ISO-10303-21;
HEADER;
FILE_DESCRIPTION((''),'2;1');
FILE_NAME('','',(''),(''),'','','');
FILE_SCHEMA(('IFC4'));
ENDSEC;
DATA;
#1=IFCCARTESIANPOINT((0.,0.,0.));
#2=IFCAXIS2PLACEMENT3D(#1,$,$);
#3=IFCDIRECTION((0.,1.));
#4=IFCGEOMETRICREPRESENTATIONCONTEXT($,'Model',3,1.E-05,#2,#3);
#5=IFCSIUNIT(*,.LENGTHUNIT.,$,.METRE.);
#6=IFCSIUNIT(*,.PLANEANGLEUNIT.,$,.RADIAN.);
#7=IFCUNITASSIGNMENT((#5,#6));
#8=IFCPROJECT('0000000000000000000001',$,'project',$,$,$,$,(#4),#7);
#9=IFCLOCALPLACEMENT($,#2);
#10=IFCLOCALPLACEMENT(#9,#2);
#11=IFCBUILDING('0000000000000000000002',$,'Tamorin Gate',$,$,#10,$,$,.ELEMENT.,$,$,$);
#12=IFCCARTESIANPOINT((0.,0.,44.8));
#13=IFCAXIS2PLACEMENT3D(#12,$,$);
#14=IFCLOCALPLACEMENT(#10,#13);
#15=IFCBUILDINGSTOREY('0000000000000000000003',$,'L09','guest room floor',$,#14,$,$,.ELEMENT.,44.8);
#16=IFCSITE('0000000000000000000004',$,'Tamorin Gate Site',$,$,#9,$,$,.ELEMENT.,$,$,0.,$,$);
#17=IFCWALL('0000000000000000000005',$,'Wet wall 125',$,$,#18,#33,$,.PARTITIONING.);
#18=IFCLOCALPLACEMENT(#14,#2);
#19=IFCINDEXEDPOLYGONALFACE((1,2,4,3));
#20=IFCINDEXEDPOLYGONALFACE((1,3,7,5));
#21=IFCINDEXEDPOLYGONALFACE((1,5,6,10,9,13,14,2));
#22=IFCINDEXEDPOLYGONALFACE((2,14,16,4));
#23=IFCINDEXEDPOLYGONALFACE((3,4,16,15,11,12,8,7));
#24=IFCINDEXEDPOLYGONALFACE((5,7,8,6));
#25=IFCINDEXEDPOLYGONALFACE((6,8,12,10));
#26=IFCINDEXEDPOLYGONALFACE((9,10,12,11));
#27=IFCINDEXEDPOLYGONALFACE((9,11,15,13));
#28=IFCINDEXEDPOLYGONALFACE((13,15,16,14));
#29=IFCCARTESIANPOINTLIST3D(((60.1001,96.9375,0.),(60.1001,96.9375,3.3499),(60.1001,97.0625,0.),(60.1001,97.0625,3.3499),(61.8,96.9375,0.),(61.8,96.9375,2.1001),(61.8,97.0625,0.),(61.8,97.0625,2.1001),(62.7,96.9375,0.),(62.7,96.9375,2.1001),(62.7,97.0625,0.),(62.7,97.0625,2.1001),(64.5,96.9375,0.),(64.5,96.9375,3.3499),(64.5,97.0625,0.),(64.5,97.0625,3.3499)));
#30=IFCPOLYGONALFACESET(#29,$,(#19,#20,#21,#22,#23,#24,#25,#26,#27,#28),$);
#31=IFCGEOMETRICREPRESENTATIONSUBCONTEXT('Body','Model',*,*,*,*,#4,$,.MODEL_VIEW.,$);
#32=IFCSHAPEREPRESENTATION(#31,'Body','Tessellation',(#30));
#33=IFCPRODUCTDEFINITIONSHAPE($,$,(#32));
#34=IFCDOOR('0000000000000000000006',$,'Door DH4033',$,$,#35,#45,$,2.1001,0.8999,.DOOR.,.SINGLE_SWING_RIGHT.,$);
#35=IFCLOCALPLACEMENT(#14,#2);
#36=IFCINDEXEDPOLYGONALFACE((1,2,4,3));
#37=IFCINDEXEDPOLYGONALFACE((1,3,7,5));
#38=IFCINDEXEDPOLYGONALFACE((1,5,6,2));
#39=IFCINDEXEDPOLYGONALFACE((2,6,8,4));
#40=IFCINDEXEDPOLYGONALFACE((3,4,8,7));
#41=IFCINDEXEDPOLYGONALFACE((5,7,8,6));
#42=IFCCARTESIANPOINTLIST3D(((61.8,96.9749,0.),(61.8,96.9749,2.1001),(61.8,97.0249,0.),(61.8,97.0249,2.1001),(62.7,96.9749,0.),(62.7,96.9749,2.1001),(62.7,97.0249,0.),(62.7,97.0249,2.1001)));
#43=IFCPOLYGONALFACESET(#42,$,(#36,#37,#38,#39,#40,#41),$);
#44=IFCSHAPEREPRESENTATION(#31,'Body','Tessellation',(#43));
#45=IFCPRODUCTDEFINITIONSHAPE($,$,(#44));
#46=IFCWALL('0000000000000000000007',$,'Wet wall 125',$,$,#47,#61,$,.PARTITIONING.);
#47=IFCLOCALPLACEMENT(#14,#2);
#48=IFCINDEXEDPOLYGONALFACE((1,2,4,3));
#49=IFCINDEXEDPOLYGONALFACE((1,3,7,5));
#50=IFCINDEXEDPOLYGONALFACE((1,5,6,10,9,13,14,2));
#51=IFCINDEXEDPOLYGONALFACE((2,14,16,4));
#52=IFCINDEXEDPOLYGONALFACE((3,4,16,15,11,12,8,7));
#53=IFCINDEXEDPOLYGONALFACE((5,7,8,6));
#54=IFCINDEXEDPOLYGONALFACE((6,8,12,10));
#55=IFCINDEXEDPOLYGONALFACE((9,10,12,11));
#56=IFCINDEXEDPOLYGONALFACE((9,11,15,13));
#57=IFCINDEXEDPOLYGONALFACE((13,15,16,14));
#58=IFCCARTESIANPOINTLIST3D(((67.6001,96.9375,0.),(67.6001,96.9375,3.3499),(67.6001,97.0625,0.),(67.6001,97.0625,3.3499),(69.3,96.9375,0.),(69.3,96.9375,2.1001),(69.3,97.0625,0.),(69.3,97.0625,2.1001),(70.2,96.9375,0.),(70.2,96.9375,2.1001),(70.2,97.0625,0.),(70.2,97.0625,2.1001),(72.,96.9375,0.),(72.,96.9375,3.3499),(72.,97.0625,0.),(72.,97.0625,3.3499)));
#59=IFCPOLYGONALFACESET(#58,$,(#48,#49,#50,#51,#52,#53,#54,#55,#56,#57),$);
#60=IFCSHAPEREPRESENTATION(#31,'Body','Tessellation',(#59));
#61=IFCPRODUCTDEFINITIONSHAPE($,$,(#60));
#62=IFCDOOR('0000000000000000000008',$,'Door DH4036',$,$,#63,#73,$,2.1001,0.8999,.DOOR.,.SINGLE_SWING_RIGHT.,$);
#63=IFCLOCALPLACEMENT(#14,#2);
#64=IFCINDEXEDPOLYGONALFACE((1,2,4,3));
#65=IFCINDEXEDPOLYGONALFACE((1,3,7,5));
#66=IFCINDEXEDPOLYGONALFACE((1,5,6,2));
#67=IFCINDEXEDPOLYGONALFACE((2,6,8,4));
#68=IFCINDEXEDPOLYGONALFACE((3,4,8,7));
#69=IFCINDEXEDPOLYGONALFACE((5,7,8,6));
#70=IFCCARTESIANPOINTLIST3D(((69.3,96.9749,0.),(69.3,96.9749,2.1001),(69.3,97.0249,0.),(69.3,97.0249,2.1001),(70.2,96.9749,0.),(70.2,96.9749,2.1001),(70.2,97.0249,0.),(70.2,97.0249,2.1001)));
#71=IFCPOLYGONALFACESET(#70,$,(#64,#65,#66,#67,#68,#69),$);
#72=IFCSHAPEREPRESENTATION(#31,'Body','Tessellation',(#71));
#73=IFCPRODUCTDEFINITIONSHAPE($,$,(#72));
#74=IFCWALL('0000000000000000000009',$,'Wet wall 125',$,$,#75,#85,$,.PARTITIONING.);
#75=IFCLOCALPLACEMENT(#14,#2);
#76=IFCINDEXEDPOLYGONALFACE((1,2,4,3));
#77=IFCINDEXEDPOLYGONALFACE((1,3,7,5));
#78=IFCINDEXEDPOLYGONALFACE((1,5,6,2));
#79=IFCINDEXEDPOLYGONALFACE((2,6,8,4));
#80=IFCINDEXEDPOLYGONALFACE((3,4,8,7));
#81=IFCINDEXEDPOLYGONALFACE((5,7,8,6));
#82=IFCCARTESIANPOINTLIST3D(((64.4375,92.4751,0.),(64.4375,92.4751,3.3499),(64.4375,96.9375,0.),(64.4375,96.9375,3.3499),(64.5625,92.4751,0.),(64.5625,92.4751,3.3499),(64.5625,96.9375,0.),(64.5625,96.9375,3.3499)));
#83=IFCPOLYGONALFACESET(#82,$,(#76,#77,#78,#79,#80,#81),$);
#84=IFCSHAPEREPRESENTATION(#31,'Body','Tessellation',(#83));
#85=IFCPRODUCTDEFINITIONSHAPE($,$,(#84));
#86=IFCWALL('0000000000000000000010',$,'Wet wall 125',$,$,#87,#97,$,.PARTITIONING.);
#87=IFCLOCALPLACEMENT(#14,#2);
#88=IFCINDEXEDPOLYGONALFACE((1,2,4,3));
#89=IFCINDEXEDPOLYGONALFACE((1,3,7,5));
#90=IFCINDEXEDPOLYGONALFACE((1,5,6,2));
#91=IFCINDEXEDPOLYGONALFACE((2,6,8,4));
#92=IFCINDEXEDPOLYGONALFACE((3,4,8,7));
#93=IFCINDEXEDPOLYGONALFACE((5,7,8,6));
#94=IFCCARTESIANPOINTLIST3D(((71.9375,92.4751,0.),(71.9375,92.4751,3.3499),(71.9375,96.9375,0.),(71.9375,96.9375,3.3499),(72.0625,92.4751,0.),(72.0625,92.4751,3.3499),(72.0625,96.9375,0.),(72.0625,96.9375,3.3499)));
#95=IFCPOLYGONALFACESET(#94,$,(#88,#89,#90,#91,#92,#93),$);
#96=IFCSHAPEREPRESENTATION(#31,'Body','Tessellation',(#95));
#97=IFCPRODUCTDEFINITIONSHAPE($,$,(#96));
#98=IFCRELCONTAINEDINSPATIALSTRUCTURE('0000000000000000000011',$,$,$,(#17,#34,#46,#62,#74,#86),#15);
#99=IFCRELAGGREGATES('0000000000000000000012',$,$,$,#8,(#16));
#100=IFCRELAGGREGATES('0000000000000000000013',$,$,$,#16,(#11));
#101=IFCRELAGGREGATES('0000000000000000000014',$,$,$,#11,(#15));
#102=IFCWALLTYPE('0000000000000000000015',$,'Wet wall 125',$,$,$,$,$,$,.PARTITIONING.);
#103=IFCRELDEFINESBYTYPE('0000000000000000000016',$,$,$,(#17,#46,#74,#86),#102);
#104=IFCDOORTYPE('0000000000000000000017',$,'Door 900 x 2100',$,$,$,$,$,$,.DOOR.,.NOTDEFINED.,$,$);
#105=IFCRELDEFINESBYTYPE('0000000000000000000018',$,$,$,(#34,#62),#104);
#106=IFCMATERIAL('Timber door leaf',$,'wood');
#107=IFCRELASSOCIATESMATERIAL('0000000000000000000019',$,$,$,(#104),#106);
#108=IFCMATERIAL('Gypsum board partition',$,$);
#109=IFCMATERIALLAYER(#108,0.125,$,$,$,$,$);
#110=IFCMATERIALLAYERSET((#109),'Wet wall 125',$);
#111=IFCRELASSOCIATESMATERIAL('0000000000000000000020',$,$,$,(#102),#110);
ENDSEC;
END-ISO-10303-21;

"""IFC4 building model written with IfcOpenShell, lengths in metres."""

from ifc_helpers import new_model, si_unit, direction, frame, frame_2d, origin, place, context, subcontext, project, spatial, rectangle, extrude, material, layer, layer_set, type_object, element, fill, save


model = new_model("IFC4")

# Units and contexts
model_context = context("Model", 3, precision=1e-05, world=origin(), true_north=direction((0.0, 1.0)))
body_context = subcontext(model_context, "Body", "Model", "MODEL_VIEW")
ifc_project = project(units=[si_unit("LENGTHUNIT", "METRE"), si_unit("PLANEANGLEUNIT", "RADIAN")], contexts=[model_context])

# Site, building, storey
site_placement = place(None, origin())
site = spatial("IfcSite", under=ifc_project, at=site_placement, Name="Tamorin Gate Site", CompositionType="ELEMENT", RefElevation=0.0)
building_placement = place(site_placement, origin())
building = spatial("IfcBuilding", under=site, at=building_placement, Name="Tamorin Gate", CompositionType="ELEMENT")
storey_placement = place(building_placement, frame((0.0, 0.0, 44.8)))
storey = spatial("IfcBuildingStorey", under=building, at=storey_placement, Name="L09", Description="guest room floor", CompositionType="ELEMENT", Elevation=44.8)

# Shared definitions
ifc_material_1 = material(Name="Gypsum board partition")

# Walls, openings, doors
ifc_material_2 = material(Name="Timber door leaf", Category="wood")
door_type = type_object("IfcDoorType", Name="Door 900 x 2100", OperationType="NOTDEFINED", PredefinedType="DOOR", material=ifc_material_2)
ifc_layer_1 = layer(ifc_material_1, 0.125)
ifc_layer_set_1 = layer_set([ifc_layer_1], Name="Wet wall 125")
wall_type_1 = type_object("IfcWallType", Name="Wet wall 125", PredefinedType="PARTITIONING", material=ifc_layer_set_1)
wall_1_placement = place(storey_placement, frame((60.1001, 97.0, 0.0), z_axis=(0.0, 0.0, 1.0), x_axis=(1.0, 0.0, 0.0)))
wall_1 = element("IfcWall", 1, at=wall_1_placement, inside=storey, type_object=wall_type_1, Name="Wet wall 125", PredefinedType="PARTITIONING", context=body_context, shape_type="SweptSolid", body=[
    extrude(rectangle(XDim=4.3999, YDim=0.125, at=frame_2d((2.2, 0.0))), origin(), (0.0, 0.0, 1.0), 3.3499),
])
opening_1_placement = place(wall_1_placement, frame((1.7, 0.0, 0.0)))
opening_1 = element("IfcOpeningElement", 2, at=opening_1_placement, cuts=wall_1, PredefinedType="OPENING", context=body_context, shape_type="SweptSolid", body=[
    extrude(rectangle(XDim=0.8999, YDim=2.1001, at=frame_2d((0.45, 1.05))), frame((0.0, 0.0725, 0.0), z_axis=(0.0, -1.0, 0.0), x_axis=(1.0, 0.0, 0.0)), (0.0, 0.0, 1.0), 0.145),
])
door_1_placement = place(opening_1_placement, origin())
door_1 = element("IfcDoor", 3, at=door_1_placement, inside=storey, type_object=door_type, Name="Door DH4033", OperationType="SINGLE_SWING_RIGHT", OverallHeight=2.1001, OverallWidth=0.8999, PredefinedType="DOOR", context=body_context, shape_type="SweptSolid", body=[
    extrude(rectangle(XDim=0.8999, YDim=2.1001, at=frame_2d((0.45, 1.05))), frame((0.0, 0.0249, 0.0), z_axis=(0.0, -1.0, 0.0), x_axis=(1.0, 0.0, 0.0)), (0.0, 0.0, 1.0), 0.05),
])
fill(opening_1, door_1)
wall_2_placement = place(storey_placement, frame((67.6001, 97.0, 0.0), z_axis=(0.0, 0.0, 1.0), x_axis=(1.0, 0.0, 0.0)))
wall_2 = element("IfcWall", 4, at=wall_2_placement, inside=storey, type_object=wall_type_1, Name="Wet wall 125", PredefinedType="PARTITIONING", context=body_context, shape_type="SweptSolid", body=[
    extrude(rectangle(XDim=4.3999, YDim=0.125, at=frame_2d((2.2, 0.0))), origin(), (0.0, 0.0, 1.0), 3.3499),
])
opening_2_placement = place(wall_2_placement, frame((1.7, 0.0, 0.0)))
opening_2 = element("IfcOpeningElement", 5, at=opening_2_placement, cuts=wall_2, PredefinedType="OPENING", context=body_context, shape_type="SweptSolid", body=[
    extrude(rectangle(XDim=0.8999, YDim=2.1001, at=frame_2d((0.45, 1.05))), frame((0.0, 0.0725, 0.0), z_axis=(0.0, -1.0, 0.0), x_axis=(1.0, 0.0, 0.0)), (0.0, 0.0, 1.0), 0.145),
])
door_2_placement = place(opening_2_placement, origin())
door_2 = element("IfcDoor", 6, at=door_2_placement, inside=storey, type_object=door_type, Name="Door DH4036", OperationType="SINGLE_SWING_RIGHT", OverallHeight=2.1001, OverallWidth=0.8999, PredefinedType="DOOR", context=body_context, shape_type="SweptSolid", body=[
    extrude(rectangle(XDim=0.8999, YDim=2.1001, at=frame_2d((0.45, 1.05))), frame((0.0, 0.0249, 0.0), z_axis=(0.0, -1.0, 0.0), x_axis=(1.0, 0.0, 0.0)), (0.0, 0.0, 1.0), 0.05),
])
fill(opening_2, door_2)

# Walls
for number, where, z_axis, x_axis, name in (
    (7, (64.5, 92.4751, 0.0), (0.0, 0.0, 1.0), (0.0, 1.0, 0.0), "Wet wall 125"),
    (8, (72.0, 92.4751, 0.0), (0.0, 0.0, 1.0), (0.0, 1.0, 0.0), "Wet wall 125"),
):
    element("IfcWall", number, at=place(storey_placement, frame(where, z_axis=z_axis, x_axis=x_axis)), inside=storey, type_object=wall_type_1, Name=name, PredefinedType="PARTITIONING", context=body_context, shape_type="SweptSolid", body=[
        extrude(rectangle(XDim=4.4624, YDim=0.125, at=frame_2d((2.2312, 0.0))), origin(), (0.0, 0.0, 1.0), 3.3499),
    ])

save(model, "model.ifc")
